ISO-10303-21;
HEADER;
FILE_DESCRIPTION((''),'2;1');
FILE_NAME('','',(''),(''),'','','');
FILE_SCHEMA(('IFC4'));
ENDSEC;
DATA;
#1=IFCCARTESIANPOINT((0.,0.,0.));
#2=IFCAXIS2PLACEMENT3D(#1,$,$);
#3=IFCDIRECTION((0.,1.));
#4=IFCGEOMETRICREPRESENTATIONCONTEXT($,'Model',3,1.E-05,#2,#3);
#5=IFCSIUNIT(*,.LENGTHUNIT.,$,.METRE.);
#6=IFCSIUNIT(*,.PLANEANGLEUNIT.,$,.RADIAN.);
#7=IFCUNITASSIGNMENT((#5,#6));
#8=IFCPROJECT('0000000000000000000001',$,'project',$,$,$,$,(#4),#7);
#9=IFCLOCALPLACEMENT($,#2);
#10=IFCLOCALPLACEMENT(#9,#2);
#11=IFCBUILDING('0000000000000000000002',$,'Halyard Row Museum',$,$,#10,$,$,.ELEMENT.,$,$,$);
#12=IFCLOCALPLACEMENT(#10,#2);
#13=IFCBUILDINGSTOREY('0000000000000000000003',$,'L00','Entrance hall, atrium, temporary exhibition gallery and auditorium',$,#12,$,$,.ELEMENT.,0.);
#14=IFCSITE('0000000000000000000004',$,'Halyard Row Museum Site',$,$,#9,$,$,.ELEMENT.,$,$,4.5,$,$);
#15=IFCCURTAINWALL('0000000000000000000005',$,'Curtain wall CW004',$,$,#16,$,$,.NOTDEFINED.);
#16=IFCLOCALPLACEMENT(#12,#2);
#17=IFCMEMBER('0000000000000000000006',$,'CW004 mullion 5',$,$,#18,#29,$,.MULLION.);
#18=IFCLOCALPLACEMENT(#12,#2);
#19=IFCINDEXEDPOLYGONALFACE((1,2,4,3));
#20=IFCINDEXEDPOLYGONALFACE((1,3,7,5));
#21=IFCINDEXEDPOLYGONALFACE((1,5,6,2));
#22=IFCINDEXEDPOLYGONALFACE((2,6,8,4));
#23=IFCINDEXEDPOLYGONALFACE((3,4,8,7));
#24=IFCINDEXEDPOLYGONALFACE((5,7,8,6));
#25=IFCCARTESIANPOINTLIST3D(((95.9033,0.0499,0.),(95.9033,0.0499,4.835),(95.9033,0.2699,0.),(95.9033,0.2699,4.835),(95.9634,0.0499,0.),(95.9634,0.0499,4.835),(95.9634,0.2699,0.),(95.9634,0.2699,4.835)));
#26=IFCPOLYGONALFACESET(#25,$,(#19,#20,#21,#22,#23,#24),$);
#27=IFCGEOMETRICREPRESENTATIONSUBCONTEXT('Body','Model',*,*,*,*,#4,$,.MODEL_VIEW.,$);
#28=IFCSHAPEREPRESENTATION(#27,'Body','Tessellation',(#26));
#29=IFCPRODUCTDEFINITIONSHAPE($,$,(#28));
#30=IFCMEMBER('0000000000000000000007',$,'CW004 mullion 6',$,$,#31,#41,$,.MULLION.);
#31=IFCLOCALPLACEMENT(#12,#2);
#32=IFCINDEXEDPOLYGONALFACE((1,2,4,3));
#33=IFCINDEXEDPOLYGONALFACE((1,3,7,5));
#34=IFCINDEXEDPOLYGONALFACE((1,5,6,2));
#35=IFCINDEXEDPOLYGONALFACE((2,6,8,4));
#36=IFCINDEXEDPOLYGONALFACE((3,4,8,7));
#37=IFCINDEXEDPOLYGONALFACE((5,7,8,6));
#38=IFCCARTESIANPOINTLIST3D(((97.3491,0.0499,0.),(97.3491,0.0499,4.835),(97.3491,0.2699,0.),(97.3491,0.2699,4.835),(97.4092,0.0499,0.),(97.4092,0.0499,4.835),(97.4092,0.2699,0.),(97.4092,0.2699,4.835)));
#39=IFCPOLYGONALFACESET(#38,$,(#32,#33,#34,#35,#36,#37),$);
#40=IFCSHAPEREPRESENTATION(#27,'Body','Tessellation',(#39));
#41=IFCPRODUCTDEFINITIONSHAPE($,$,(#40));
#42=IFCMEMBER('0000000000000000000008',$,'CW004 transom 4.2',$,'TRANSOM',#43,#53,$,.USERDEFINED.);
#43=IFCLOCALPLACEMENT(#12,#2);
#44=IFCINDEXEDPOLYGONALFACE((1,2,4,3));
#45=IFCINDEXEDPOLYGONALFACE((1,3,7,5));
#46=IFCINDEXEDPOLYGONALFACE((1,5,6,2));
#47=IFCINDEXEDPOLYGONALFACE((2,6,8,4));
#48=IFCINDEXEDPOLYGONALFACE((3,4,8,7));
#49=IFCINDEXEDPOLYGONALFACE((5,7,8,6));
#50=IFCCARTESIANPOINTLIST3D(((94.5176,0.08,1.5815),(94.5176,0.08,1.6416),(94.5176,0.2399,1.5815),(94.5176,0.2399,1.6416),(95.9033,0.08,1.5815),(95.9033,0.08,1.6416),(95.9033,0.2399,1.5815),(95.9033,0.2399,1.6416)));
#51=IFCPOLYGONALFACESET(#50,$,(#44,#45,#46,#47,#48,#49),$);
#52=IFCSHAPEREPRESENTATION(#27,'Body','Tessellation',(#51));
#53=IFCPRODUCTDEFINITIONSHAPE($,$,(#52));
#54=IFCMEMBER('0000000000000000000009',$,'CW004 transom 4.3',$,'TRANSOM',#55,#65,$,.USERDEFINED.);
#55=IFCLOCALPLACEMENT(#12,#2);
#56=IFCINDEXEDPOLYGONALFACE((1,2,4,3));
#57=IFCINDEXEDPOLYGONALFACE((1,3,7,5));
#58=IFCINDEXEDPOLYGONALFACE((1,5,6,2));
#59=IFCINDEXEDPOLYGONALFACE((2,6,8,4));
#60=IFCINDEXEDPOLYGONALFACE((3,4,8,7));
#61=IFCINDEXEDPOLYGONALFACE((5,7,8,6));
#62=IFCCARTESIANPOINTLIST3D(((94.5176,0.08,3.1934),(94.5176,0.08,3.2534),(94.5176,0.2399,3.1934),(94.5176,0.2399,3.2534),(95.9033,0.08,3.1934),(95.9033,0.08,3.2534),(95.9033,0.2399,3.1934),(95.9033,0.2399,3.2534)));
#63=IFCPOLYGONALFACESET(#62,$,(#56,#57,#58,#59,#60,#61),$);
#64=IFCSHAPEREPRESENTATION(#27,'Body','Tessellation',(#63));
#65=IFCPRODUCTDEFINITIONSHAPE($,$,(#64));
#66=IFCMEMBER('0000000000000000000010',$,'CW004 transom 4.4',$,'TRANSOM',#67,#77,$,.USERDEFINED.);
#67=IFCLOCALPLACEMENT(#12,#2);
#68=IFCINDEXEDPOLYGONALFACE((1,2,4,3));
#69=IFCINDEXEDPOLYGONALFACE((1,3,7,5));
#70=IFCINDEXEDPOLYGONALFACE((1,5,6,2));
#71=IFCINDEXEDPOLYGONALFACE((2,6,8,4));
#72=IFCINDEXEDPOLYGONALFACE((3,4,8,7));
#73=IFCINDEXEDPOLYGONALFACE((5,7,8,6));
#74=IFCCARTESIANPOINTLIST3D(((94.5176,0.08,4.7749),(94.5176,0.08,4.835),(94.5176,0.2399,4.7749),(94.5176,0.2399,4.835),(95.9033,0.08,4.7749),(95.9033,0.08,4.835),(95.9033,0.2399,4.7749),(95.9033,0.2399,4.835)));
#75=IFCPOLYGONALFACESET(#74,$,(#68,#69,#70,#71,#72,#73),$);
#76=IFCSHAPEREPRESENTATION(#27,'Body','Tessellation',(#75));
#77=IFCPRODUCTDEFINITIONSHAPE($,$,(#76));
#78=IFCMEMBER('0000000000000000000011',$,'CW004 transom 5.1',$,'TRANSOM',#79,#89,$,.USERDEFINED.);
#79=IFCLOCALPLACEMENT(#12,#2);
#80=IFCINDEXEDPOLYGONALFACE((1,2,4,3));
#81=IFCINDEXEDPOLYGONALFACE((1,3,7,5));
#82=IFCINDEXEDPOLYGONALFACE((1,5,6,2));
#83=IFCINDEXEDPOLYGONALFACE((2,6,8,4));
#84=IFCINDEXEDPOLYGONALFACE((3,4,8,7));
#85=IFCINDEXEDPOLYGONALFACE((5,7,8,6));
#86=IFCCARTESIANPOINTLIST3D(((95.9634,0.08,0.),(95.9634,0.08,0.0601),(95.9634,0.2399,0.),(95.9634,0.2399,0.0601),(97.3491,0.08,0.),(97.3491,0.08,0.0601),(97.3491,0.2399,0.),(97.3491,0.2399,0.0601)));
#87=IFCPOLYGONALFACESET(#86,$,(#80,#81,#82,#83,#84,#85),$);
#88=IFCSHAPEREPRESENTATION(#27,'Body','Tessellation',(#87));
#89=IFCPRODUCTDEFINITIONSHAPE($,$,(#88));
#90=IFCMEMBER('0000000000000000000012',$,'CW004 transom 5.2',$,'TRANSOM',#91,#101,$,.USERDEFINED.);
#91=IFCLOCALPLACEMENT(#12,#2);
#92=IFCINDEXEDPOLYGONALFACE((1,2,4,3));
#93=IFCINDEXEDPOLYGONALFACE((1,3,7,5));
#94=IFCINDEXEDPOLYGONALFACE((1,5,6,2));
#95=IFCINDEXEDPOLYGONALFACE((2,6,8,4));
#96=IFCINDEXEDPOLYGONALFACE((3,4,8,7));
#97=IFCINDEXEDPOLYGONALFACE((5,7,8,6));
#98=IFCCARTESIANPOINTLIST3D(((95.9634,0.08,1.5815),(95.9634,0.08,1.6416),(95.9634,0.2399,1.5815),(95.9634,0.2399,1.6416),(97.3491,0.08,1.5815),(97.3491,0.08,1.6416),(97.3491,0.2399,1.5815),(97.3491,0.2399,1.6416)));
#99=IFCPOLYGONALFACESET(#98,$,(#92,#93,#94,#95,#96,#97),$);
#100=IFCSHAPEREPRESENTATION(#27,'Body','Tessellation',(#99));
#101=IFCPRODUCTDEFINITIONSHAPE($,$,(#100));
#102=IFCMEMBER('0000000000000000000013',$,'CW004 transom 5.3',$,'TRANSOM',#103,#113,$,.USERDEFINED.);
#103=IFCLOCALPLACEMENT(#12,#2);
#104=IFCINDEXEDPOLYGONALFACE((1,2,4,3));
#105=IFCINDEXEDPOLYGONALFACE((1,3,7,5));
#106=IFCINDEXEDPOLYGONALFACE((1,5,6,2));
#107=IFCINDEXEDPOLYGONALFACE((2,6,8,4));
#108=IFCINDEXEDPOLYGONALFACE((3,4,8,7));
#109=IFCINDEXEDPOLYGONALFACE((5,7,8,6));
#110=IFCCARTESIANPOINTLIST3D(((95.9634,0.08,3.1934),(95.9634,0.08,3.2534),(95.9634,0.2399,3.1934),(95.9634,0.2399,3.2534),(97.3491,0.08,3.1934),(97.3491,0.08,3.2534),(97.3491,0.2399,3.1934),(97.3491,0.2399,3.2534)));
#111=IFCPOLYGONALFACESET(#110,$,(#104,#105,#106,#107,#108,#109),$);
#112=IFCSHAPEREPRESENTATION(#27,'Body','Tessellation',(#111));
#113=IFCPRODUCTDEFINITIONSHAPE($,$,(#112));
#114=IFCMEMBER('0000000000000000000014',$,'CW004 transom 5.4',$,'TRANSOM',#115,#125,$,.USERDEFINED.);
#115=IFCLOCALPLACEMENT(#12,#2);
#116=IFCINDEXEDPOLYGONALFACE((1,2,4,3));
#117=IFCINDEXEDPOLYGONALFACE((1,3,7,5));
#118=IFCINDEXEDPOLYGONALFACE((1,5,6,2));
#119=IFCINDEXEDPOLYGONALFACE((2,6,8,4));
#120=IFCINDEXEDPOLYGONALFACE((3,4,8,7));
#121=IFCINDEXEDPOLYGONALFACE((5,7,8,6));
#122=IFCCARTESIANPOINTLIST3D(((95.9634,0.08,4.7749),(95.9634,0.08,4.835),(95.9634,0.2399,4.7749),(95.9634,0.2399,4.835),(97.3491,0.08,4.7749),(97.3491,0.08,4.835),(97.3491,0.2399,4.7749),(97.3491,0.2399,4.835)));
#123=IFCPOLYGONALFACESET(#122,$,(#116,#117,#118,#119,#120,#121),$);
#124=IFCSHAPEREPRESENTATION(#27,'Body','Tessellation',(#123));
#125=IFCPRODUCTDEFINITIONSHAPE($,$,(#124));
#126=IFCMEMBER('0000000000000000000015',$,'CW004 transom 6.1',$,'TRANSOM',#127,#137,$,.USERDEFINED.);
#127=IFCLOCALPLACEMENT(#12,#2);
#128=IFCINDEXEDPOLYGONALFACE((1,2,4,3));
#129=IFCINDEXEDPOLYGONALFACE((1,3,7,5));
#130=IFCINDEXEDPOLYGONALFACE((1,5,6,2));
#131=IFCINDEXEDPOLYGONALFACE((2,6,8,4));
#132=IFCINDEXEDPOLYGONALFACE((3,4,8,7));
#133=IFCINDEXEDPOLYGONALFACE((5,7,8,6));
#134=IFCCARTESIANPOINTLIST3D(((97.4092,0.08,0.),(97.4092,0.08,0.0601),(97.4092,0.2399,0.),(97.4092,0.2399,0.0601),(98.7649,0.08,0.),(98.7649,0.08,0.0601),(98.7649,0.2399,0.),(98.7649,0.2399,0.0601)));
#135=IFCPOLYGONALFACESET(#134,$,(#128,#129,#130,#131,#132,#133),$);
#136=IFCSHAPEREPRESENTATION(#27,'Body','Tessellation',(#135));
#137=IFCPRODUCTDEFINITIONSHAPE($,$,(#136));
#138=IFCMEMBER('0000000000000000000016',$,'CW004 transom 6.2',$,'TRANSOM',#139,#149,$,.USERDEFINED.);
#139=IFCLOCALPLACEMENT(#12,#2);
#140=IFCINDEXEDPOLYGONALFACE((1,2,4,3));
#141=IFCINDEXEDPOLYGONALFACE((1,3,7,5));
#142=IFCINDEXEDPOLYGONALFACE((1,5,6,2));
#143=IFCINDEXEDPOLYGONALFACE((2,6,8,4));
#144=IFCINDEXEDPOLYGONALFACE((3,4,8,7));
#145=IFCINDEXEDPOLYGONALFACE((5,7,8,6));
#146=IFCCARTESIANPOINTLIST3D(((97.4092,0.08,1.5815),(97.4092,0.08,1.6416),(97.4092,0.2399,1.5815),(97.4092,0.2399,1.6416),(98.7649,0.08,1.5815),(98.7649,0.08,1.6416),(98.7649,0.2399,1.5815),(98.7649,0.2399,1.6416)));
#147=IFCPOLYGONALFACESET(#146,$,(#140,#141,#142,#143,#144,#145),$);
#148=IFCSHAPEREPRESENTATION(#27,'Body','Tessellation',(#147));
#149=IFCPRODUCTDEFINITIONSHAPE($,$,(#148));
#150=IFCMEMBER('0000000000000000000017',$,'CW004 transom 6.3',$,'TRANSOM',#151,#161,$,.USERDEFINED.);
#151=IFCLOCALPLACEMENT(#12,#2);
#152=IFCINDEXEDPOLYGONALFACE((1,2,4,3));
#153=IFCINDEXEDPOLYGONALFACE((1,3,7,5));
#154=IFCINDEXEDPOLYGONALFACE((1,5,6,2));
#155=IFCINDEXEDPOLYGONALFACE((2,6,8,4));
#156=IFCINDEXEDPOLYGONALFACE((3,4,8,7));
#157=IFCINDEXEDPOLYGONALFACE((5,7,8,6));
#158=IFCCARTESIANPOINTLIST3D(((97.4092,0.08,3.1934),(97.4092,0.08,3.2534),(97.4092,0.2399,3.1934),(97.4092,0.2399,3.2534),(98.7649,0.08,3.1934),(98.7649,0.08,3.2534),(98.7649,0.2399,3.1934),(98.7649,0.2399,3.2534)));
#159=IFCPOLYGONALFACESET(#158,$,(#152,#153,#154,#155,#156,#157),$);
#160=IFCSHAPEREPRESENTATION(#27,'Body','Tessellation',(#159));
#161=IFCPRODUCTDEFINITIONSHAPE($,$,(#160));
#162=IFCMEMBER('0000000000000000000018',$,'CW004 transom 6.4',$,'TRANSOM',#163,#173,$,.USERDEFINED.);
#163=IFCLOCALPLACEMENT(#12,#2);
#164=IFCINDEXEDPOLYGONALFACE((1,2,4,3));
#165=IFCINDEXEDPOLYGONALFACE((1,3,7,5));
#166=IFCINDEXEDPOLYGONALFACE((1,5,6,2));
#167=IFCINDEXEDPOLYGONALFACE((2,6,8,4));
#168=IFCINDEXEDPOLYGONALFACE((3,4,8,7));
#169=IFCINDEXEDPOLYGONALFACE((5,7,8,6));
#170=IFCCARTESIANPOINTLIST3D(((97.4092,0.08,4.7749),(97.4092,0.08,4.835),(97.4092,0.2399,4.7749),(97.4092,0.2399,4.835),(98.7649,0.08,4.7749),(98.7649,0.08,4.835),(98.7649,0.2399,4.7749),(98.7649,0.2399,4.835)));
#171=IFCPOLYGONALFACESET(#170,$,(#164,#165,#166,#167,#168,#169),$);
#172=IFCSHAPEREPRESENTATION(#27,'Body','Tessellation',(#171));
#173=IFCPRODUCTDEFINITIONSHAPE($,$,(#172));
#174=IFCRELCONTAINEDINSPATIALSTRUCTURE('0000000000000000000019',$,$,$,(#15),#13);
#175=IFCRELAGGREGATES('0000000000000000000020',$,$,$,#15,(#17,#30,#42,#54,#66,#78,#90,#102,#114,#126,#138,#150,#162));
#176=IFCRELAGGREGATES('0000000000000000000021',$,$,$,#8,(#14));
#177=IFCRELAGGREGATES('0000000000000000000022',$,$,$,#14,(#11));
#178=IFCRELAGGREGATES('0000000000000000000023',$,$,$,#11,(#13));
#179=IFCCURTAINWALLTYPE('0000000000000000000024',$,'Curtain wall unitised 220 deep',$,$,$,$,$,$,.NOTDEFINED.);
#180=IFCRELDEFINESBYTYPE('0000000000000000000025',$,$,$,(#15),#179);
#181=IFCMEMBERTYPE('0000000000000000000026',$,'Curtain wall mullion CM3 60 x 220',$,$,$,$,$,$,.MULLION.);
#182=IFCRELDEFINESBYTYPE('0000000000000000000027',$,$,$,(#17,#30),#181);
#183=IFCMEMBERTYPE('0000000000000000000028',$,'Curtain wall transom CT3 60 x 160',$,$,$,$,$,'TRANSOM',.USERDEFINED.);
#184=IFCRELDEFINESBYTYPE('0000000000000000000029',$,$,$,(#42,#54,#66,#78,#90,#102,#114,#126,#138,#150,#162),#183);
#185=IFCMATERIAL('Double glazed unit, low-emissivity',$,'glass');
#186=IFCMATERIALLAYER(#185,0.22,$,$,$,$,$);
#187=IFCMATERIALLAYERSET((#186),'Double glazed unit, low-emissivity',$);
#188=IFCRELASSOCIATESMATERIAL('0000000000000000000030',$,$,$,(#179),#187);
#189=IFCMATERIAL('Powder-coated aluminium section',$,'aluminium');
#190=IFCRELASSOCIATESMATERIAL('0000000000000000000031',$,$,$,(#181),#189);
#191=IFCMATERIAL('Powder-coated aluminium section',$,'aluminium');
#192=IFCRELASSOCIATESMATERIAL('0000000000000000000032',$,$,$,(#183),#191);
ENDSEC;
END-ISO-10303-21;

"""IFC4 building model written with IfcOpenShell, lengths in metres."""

from ifc_helpers import new_model, si_unit, direction, frame, origin, origin_2d, place, context, subcontext, project, spatial, rectangle, extrude, material, layer, layer_set, material_profile, profile_set, type_object, element, aggregate, save


model = new_model("IFC4")

# Units and contexts
model_context = context("Model", 3, precision=1e-05, world=origin(), true_north=direction((0.0, 1.0)))
body_context = subcontext(model_context, "Body", "Model", "MODEL_VIEW")
ifc_project = project(units=[si_unit("LENGTHUNIT", "METRE"), si_unit("PLANEANGLEUNIT", "RADIAN")], contexts=[model_context])

# Site, building, storey
site_placement = place(None, origin())
site = spatial("IfcSite", under=ifc_project, at=site_placement, Name="Halyard Row Museum Site", CompositionType="ELEMENT", RefElevation=4.5)
building_placement = place(site_placement, origin())
building = spatial("IfcBuilding", under=site, at=building_placement, Name="Halyard Row Museum", CompositionType="ELEMENT")
storey_placement = place(building_placement, origin())
storey = spatial("IfcBuildingStorey", under=building, at=storey_placement, Name="L00", Description="Entrance hall, atrium, temporary exhibition gallery and auditorium", CompositionType="ELEMENT", Elevation=0.0)

# Curtain wall, members
ifc_material_1 = material(Name="Double glazed unit, low-emissivity", Category="glass")
ifc_layer_1 = layer(ifc_material_1, 0.22)
ifc_layer_set_1 = layer_set([ifc_layer_1], Name="Double glazed unit, low-emissivity")
curtain_wall_type_1 = type_object("IfcCurtainWallType", Name="Curtain wall unitised 220 deep", PredefinedType="NOTDEFINED", material=ifc_layer_set_1)
curtain_wall_1_placement = place(storey_placement, origin())
curtain_wall_1 = element("IfcCurtainWall", 1, at=curtain_wall_1_placement, inside=storey, type_object=curtain_wall_type_1, Name="Curtain wall CW004", PredefinedType="NOTDEFINED")
ifc_material_2 = material(Name="Powder-coated aluminium section", Category="aluminium")
ifc_material_profile_1 = material_profile(ifc_material_2, rectangle(XDim=0.22, YDim=0.0601, at=origin_2d()), Name="220x60 mullion")
ifc_profile_set_1 = profile_set([ifc_material_profile_1], Name="Powder-coated aluminium section")
member_type_1 = type_object("IfcMemberType", Name="Curtain wall mullion CM3 60 x 220", PredefinedType="MULLION", material=ifc_profile_set_1)
member_1_placement = place(storey_placement, frame((95.9333, 0.1599, 0.0), z_axis=(0.0, 0.0, 1.0), x_axis=(0.0, 1.0, 0.0)))
member_1 = element("IfcMember", 2, at=member_1_placement, type_object=member_type_1, Name="CW004 mullion 5", PredefinedType="MULLION", context=body_context, shape_type="SweptSolid", body=[
    extrude(rectangle(XDim=0.22, YDim=0.0601, at=origin_2d()), origin(), (0.0, 0.0, 1.0), 4.835),
])
member_2_placement = place(storey_placement, frame((97.3792, 0.1599, 0.0), z_axis=(0.0, 0.0, 1.0), x_axis=(0.0, 1.0, 0.0)))
member_2 = element("IfcMember", 3, at=member_2_placement, type_object=member_type_1, Name="CW004 mullion 6", PredefinedType="MULLION", context=body_context, shape_type="SweptSolid", body=[
    extrude(rectangle(XDim=0.22, YDim=0.0601, at=origin_2d()), origin(), (0.0, 0.0, 1.0), 4.835),
])
ifc_material_3 = material(Name="Powder-coated aluminium section", Category="aluminium")
ifc_material_profile_2 = material_profile(ifc_material_3, rectangle(XDim=0.1599, YDim=0.0601, at=origin_2d()), Name="160x60 transom")
ifc_profile_set_2 = profile_set([ifc_material_profile_2], Name="Powder-coated aluminium section")
member_type_2 = type_object("IfcMemberType", Name="Curtain wall transom CT3 60 x 160", ElementType="TRANSOM", PredefinedType="USERDEFINED", material=ifc_profile_set_2)
member_3_placement = place(storey_placement, frame((94.5176, 0.1599, 1.6116), z_axis=(1.0, 0.0, 0.0), x_axis=(0.0, 1.0, 0.0)))
member_3 = element("IfcMember", 4, at=member_3_placement, type_object=member_type_2, Name="CW004 transom 4.2", ObjectType="TRANSOM", PredefinedType="USERDEFINED", context=body_context, shape_type="SweptSolid", body=[
    extrude(rectangle(XDim=0.1599, YDim=0.0601, at=origin_2d()), origin(), (0.0, 0.0, 1.0), 1.3857),
])
member_4_placement = place(storey_placement, frame((94.5176, 0.1599, 3.2234), z_axis=(1.0, 0.0, 0.0), x_axis=(0.0, 1.0, 0.0)))
member_4 = element("IfcMember", 5, at=member_4_placement, type_object=member_type_2, Name="CW004 transom 4.3", ObjectType="TRANSOM", PredefinedType="USERDEFINED", context=body_context, shape_type="SweptSolid", body=[
    extrude(rectangle(XDim=0.1599, YDim=0.0601, at=origin_2d()), origin(), (0.0, 0.0, 1.0), 1.3857),
])
member_5_placement = place(storey_placement, frame((94.5176, 0.1599, 4.8049), z_axis=(1.0, 0.0, 0.0), x_axis=(0.0, 1.0, 0.0)))
member_5 = element("IfcMember", 6, at=member_5_placement, type_object=member_type_2, Name="CW004 transom 4.4", ObjectType="TRANSOM", PredefinedType="USERDEFINED", context=body_context, shape_type="SweptSolid", body=[
    extrude(rectangle(XDim=0.1599, YDim=0.0601, at=origin_2d()), origin(), (0.0, 0.0, 1.0), 1.3857),
])
member_6_placement = place(storey_placement, frame((95.9634, 0.1599, 0.03), z_axis=(1.0, 0.0, 0.0), x_axis=(0.0, 1.0, 0.0)))
member_6 = element("IfcMember", 7, at=member_6_placement, type_object=member_type_2, Name="CW004 transom 5.1", ObjectType="TRANSOM", PredefinedType="USERDEFINED", context=body_context, shape_type="SweptSolid", body=[
    extrude(rectangle(XDim=0.1599, YDim=0.0601, at=origin_2d()), origin(), (0.0, 0.0, 1.0), 1.3857),
])
member_7_placement = place(storey_placement, frame((95.9634, 0.1599, 1.6116), z_axis=(1.0, 0.0, 0.0), x_axis=(0.0, 1.0, 0.0)))
member_7 = element("IfcMember", 8, at=member_7_placement, type_object=member_type_2, Name="CW004 transom 5.2", ObjectType="TRANSOM", PredefinedType="USERDEFINED", context=body_context, shape_type="SweptSolid", body=[
    extrude(rectangle(XDim=0.1599, YDim=0.0601, at=origin_2d()), origin(), (0.0, 0.0, 1.0), 1.3857),
])
member_8_placement = place(storey_placement, frame((95.9634, 0.1599, 3.2234), z_axis=(1.0, 0.0, 0.0), x_axis=(0.0, 1.0, 0.0)))
member_8 = element("IfcMember", 9, at=member_8_placement, type_object=member_type_2, Name="CW004 transom 5.3", ObjectType="TRANSOM", PredefinedType="USERDEFINED", context=body_context, shape_type="SweptSolid", body=[
    extrude(rectangle(XDim=0.1599, YDim=0.0601, at=origin_2d()), origin(), (0.0, 0.0, 1.0), 1.3857),
])
member_9_placement = place(storey_placement, frame((95.9634, 0.1599, 4.8049), z_axis=(1.0, 0.0, 0.0), x_axis=(0.0, 1.0, 0.0)))
member_9 = element("IfcMember", 10, at=member_9_placement, type_object=member_type_2, Name="CW004 transom 5.4", ObjectType="TRANSOM", PredefinedType="USERDEFINED", context=body_context, shape_type="SweptSolid", body=[
    extrude(rectangle(XDim=0.1599, YDim=0.0601, at=origin_2d()), origin(), (0.0, 0.0, 1.0), 1.3857),
])
member_10_placement = place(storey_placement, frame((97.4092, 0.1599, 0.03), z_axis=(1.0, 0.0, 0.0), x_axis=(0.0, 1.0, 0.0)))
member_10 = element("IfcMember", 11, at=member_10_placement, type_object=member_type_2, Name="CW004 transom 6.1", ObjectType="TRANSOM", PredefinedType="USERDEFINED", context=body_context, shape_type="SweptSolid", body=[
    extrude(rectangle(XDim=0.1599, YDim=0.0601, at=origin_2d()), origin(), (0.0, 0.0, 1.0), 1.3557),
])
member_11_placement = place(storey_placement, frame((97.4092, 0.1599, 1.6116), z_axis=(1.0, 0.0, 0.0), x_axis=(0.0, 1.0, 0.0)))
member_11 = element("IfcMember", 12, at=member_11_placement, type_object=member_type_2, Name="CW004 transom 6.2", ObjectType="TRANSOM", PredefinedType="USERDEFINED", context=body_context, shape_type="SweptSolid", body=[
    extrude(rectangle(XDim=0.1599, YDim=0.0601, at=origin_2d()), origin(), (0.0, 0.0, 1.0), 1.3557),
])
member_12_placement = place(storey_placement, frame((97.4092, 0.1599, 3.2234), z_axis=(1.0, 0.0, 0.0), x_axis=(0.0, 1.0, 0.0)))
member_12 = element("IfcMember", 13, at=member_12_placement, type_object=member_type_2, Name="CW004 transom 6.3", ObjectType="TRANSOM", PredefinedType="USERDEFINED", context=body_context, shape_type="SweptSolid", body=[
    extrude(rectangle(XDim=0.1599, YDim=0.0601, at=origin_2d()), origin(), (0.0, 0.0, 1.0), 1.3557),
])
member_13_placement = place(storey_placement, frame((97.4092, 0.1599, 4.8049), z_axis=(1.0, 0.0, 0.0), x_axis=(0.0, 1.0, 0.0)))
member_13 = element("IfcMember", 14, at=member_13_placement, type_object=member_type_2, Name="CW004 transom 6.4", ObjectType="TRANSOM", PredefinedType="USERDEFINED", context=body_context, shape_type="SweptSolid", body=[
    extrude(rectangle(XDim=0.1599, YDim=0.0601, at=origin_2d()), origin(), (0.0, 0.0, 1.0), 1.3557),
])

aggregate(curtain_wall_1, [member_1, member_2, member_3, member_4, member_5, member_6, member_7, member_8, member_9, member_10, member_11, member_12, member_13])

save(model, "model.ifc")
